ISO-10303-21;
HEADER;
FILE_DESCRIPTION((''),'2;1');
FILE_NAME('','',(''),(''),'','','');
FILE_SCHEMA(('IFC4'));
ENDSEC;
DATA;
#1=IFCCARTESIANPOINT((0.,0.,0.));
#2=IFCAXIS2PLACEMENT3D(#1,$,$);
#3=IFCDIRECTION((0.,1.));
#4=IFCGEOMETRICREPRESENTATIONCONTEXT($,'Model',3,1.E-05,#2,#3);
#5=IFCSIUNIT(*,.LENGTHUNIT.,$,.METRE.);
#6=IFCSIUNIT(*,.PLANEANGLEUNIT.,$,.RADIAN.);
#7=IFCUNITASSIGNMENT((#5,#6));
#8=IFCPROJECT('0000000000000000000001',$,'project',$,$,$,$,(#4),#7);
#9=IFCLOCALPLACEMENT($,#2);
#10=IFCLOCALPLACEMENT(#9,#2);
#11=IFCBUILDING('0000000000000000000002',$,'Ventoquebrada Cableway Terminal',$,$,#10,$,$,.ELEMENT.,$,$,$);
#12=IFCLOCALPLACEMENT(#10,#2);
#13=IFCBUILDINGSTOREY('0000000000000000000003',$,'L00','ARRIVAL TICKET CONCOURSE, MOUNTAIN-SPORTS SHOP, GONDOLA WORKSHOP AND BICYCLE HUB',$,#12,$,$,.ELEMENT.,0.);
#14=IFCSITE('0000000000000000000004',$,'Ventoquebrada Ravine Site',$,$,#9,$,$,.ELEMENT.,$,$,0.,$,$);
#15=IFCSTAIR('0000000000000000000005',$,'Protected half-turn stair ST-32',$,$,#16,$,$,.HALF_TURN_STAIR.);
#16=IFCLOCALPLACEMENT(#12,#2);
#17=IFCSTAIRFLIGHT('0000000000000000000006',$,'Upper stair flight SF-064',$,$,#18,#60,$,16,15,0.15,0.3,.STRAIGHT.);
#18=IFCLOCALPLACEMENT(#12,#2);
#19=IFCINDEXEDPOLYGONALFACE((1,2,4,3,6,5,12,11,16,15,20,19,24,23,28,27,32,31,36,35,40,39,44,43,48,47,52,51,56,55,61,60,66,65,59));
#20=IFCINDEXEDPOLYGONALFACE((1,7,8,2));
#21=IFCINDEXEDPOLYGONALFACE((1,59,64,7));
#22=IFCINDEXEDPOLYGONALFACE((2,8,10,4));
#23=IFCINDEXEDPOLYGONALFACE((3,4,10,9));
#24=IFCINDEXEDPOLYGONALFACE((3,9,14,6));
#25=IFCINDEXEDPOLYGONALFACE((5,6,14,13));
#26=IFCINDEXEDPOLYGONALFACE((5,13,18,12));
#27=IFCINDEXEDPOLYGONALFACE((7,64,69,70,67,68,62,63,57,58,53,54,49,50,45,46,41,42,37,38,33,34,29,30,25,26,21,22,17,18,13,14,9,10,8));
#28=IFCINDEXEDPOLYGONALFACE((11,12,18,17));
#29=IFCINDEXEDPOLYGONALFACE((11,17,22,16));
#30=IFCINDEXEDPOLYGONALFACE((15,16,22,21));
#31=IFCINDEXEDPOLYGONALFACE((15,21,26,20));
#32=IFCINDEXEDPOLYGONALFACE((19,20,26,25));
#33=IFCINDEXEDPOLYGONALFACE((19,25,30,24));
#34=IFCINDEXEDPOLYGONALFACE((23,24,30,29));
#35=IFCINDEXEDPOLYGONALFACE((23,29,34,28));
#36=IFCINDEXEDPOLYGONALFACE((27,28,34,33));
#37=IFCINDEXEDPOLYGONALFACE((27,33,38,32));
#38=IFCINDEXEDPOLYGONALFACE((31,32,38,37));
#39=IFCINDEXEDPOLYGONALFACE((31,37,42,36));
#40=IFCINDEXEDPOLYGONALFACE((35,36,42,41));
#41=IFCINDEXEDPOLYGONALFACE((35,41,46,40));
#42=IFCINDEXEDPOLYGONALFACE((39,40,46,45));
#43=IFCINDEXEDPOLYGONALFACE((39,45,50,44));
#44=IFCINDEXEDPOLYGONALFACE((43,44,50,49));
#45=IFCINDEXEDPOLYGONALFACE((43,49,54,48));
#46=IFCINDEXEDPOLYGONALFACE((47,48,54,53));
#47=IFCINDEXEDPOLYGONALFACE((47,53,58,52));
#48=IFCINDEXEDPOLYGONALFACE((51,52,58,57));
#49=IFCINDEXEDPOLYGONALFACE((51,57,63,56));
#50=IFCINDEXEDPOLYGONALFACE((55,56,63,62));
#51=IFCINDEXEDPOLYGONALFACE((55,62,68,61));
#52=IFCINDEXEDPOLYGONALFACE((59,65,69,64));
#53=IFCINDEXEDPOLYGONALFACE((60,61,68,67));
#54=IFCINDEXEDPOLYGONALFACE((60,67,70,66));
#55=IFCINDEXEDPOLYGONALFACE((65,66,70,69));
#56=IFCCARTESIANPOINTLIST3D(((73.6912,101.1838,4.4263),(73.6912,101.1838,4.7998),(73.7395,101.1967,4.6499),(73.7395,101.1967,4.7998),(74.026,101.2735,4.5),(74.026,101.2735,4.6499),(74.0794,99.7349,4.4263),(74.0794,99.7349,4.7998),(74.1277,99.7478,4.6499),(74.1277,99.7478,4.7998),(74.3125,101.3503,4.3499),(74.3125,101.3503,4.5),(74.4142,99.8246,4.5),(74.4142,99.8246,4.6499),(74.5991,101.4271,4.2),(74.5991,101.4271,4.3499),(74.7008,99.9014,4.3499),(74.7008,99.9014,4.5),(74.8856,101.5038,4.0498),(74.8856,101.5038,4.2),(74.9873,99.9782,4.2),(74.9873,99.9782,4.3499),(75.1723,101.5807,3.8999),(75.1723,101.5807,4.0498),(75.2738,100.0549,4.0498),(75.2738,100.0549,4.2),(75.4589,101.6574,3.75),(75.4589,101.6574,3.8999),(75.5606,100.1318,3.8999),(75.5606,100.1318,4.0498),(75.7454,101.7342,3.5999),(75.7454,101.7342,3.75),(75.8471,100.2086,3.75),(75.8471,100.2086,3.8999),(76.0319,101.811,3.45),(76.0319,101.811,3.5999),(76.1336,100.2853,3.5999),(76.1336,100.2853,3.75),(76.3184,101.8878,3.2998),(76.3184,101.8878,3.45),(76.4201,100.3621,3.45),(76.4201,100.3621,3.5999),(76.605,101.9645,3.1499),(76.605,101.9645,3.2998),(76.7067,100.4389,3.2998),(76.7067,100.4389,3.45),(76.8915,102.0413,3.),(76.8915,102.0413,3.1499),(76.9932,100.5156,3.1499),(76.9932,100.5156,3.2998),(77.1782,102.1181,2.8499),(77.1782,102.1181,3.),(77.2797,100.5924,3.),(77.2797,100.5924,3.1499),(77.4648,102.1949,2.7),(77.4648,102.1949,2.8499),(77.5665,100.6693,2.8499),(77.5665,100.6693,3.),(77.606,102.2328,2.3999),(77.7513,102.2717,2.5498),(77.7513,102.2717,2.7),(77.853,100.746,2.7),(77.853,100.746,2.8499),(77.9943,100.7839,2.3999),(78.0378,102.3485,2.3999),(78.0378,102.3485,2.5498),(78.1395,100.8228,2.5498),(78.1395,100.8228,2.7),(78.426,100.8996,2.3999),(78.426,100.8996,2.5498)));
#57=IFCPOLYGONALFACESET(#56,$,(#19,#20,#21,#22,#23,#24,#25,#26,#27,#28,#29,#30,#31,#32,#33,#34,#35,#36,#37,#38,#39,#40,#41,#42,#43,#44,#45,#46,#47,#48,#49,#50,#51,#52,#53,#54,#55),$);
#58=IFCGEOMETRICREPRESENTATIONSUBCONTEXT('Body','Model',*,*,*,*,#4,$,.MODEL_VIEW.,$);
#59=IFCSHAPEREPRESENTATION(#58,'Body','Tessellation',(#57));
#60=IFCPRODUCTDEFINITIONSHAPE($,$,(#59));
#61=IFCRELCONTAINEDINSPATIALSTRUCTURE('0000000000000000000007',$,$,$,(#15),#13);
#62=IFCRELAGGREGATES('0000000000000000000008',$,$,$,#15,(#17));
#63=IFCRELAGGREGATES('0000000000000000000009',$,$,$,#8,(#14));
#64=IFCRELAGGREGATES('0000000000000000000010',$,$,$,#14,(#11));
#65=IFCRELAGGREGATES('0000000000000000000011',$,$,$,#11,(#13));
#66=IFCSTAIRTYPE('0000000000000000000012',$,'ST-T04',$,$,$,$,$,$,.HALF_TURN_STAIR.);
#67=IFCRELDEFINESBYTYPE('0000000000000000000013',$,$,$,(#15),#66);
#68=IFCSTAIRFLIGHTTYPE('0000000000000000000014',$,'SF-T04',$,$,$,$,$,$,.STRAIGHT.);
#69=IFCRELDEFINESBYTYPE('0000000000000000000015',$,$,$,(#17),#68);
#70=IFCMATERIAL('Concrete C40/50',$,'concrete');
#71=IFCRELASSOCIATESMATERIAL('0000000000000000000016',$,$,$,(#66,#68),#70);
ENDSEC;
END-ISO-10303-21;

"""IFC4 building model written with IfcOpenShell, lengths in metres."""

from ifc_helpers import new_model, si_unit, direction, frame, origin, place, context, subcontext, project, spatial, polyline, outline, extrude, material, type_object, element, aggregate, save


model = new_model("IFC4")

# Units and contexts
model_context = context("Model", 3, precision=1e-05, world=origin(), true_north=direction((0.0, 1.0)))
body_context = subcontext(model_context, "Body", "Model", "MODEL_VIEW")
ifc_project = project(units=[si_unit("LENGTHUNIT", "METRE"), si_unit("PLANEANGLEUNIT", "RADIAN")], contexts=[model_context])

# Site, building, storey
site_placement = place(None, origin())
site = spatial("IfcSite", under=ifc_project, at=site_placement, Name="Ventoquebrada Ravine Site", CompositionType="ELEMENT", RefElevation=0.0)
building_placement = place(site_placement, origin())
building = spatial("IfcBuilding", under=site, at=building_placement, Name="Ventoquebrada Cableway Terminal", CompositionType="ELEMENT")
storey_placement = place(building_placement, origin())
storey = spatial("IfcBuildingStorey", under=building, at=storey_placement, Name="L00", Description="ARRIVAL TICKET CONCOURSE, MOUNTAIN-SPORTS SHOP, GONDOLA WORKSHOP AND BICYCLE HUB", CompositionType="ELEMENT", Elevation=0.0)

# Shared definitions
ifc_material_1 = material(Name="Concrete C40/50", Category="concrete")

# Stair, stair flight
stair_type = type_object("IfcStairType", Name="ST-T04", PredefinedType="HALF_TURN_STAIR", material=ifc_material_1)
stair_placement = place(storey_placement, origin())
stair = element("IfcStair", 1, at=stair_placement, inside=storey, type_object=stair_type, Name="Protected half-turn stair ST-32", PredefinedType="HALF_TURN_STAIR")
stair_flight_type = type_object("IfcStairFlightType", Name="SF-T04", PredefinedType="STRAIGHT", material=ifc_material_1)
stair_flight_1_placement = place(storey_placement, frame((78.2319, 101.624, 2.3999), z_axis=(0.0, 0.0, 1.0), x_axis=(-0.965926, -0.258819, 0.0)))
stair_flight_1 = element("IfcStairFlight", 2, at=stair_flight_1_placement, type_object=stair_flight_type, Name="Upper stair flight SF-064", NumberOfRisers=16, NumberOfTreads=15, PredefinedType="STRAIGHT", RiserHeight=0.15, TreadLength=0.3, context=body_context, shape_type="SweptSolid", body=[
    extrude(outline(polyline([(0.0, 0.0), (0.0, 0.1499), (0.2966, 0.1499), (0.2966, 0.3), (0.5933, 0.3), (0.5933, 0.45), (0.8899, 0.45), (0.8899, 0.6001), (1.1868, 0.6001), (1.1868, 0.75), (1.4834, 0.75), (1.4834, 0.8999), (1.78, 0.8999), (1.78, 1.05), (2.0767, 1.05), (2.0767, 1.2), (2.3733, 1.2), (2.3733, 1.3501), (2.6699, 1.3501), (2.6699, 1.5), (2.9666, 1.5), (2.9666, 1.6499), (3.2634, 1.6499), (3.2634, 1.8), (3.5601, 1.8), (3.5601, 1.95), (3.8567, 1.95), (3.8567, 2.1001), (4.1533, 2.1001), (4.1533, 2.25), (4.45, 2.25), (4.45, 2.3999), (4.5, 2.3999), (4.5, 2.0264), (0.447, 0.0), (0.0, 0.0)])), frame((0.0, 0.75, 0.0), z_axis=(0.0, -1.0, 0.0), x_axis=(1.0, 0.0, 0.0)), (0.0, 0.0, 1.0), 1.5),
])
aggregate(stair, [stair_flight_1])

save(model, "model.ifc")
